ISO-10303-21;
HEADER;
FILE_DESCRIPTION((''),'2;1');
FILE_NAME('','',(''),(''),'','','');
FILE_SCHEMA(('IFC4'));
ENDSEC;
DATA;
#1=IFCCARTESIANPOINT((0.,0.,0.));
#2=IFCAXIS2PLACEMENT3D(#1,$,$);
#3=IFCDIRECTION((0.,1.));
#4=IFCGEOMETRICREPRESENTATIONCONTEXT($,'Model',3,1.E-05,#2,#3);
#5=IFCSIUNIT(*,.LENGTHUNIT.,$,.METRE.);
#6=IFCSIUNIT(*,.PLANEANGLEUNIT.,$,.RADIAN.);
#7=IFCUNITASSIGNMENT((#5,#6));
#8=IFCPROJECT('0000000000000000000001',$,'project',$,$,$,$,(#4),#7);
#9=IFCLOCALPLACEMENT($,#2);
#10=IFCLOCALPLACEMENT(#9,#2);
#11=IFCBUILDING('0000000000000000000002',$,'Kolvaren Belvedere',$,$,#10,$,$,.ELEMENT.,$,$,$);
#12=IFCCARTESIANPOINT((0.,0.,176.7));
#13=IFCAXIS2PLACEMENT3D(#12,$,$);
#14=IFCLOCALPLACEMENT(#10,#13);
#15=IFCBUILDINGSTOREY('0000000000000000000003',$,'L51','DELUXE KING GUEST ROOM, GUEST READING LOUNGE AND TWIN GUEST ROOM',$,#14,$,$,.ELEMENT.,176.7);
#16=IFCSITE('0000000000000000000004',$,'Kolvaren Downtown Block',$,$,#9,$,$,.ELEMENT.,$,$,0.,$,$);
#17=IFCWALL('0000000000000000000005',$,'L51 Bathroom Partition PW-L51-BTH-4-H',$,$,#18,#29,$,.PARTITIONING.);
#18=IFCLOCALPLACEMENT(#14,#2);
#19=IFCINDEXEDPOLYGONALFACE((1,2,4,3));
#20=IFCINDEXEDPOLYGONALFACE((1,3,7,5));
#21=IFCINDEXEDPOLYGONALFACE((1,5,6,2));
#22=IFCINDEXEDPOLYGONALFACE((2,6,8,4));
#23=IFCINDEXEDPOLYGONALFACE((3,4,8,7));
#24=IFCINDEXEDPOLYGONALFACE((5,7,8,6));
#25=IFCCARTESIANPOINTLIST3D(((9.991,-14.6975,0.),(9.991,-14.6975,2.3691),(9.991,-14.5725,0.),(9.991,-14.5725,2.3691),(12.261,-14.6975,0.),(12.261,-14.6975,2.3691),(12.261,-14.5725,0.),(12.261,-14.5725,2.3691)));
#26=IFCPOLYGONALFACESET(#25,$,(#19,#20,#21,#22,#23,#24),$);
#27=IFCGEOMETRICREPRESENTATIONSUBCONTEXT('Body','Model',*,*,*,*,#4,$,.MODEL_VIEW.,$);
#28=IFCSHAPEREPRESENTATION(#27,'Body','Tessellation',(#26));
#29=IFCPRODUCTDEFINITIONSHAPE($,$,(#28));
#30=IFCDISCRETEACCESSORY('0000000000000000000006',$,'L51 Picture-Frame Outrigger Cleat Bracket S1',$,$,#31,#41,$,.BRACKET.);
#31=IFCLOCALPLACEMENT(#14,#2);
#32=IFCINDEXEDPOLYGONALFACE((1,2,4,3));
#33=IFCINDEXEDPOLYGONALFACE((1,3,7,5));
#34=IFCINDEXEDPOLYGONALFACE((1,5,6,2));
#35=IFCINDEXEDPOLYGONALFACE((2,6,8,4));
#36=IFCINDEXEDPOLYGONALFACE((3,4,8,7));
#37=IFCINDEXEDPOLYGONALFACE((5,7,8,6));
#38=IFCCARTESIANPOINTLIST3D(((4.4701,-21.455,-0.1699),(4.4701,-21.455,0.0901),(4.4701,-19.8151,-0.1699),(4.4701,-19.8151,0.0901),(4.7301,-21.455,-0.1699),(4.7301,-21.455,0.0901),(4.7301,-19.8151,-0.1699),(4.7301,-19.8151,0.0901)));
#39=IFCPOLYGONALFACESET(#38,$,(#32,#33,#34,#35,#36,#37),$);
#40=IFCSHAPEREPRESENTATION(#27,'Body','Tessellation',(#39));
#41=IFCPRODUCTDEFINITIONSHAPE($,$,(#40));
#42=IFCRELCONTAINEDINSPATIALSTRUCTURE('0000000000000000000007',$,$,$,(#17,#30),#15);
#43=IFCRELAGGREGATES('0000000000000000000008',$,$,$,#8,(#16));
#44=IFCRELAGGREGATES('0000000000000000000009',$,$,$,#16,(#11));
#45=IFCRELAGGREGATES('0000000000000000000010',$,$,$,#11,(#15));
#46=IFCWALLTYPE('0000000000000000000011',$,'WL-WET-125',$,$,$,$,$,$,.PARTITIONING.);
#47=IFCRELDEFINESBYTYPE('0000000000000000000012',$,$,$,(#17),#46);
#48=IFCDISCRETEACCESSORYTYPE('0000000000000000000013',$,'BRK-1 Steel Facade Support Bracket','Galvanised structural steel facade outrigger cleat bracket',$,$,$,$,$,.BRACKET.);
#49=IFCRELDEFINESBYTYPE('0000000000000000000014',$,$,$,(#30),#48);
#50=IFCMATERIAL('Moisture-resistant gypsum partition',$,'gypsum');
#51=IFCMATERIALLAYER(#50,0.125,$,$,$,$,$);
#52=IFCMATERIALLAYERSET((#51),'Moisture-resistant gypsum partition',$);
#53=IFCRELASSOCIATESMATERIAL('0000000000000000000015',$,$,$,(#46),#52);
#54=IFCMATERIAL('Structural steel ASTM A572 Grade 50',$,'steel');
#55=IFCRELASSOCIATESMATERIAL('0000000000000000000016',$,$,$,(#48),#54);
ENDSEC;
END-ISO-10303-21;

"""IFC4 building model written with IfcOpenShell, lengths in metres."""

from ifc_helpers import new_model, si_unit, direction, frame, frame_2d, origin, origin_2d, place, context, subcontext, project, spatial, rectangle, extrude, material, layer, layer_set, type_object, element, save


model = new_model("IFC4")

# Units and contexts
model_context = context("Model", 3, precision=1e-05, world=origin(), true_north=direction((0.0, 1.0)))
body_context = subcontext(model_context, "Body", "Model", "MODEL_VIEW")
ifc_project = project(units=[si_unit("LENGTHUNIT", "METRE"), si_unit("PLANEANGLEUNIT", "RADIAN")], contexts=[model_context])

# Site, building, storey
site_placement = place(None, origin())
site = spatial("IfcSite", under=ifc_project, at=site_placement, Name="Kolvaren Downtown Block", CompositionType="ELEMENT", RefElevation=0.0)
building_placement = place(site_placement, origin())
building = spatial("IfcBuilding", under=site, at=building_placement, Name="Kolvaren Belvedere", CompositionType="ELEMENT")
storey_placement = place(building_placement, frame((0.0, 0.0, 176.7)))
storey = spatial("IfcBuildingStorey", under=building, at=storey_placement, Name="L51", Description="DELUXE KING GUEST ROOM, GUEST READING LOUNGE AND TWIN GUEST ROOM", CompositionType="ELEMENT", Elevation=176.7)

# Shared definitions
ifc_material_1 = material(Name="Moisture-resistant gypsum partition", Category="gypsum")
ifc_layer_1 = layer(ifc_material_1, 0.125)
ifc_layer_set_1 = layer_set([ifc_layer_1], Name="Moisture-resistant gypsum partition")
wall_type_1 = type_object("IfcWallType", Name="WL-WET-125", PredefinedType="PARTITIONING", material=ifc_layer_set_1)

# Wall
wall_1_placement = place(storey_placement, frame((9.991, -14.635, 0.0), z_axis=(0.0, 0.0, 1.0), x_axis=(1.0, 0.0, 0.0)))
element("IfcWall", 1, at=wall_1_placement, inside=storey, type_object=wall_type_1, Name="L51 Bathroom Partition PW-L51-BTH-4-H", PredefinedType="PARTITIONING", context=body_context, shape_type="SweptSolid", body=[
    extrude(rectangle(XDim=2.27, YDim=0.125, at=frame_2d((1.135, 0.0))), origin(), (0.0, 0.0, 1.0), 2.3691),
])

# Discrete accessory
ifc_material_2 = material(Name="Structural steel ASTM A572 Grade 50", Category="steel")
discrete_accessory_type = type_object("IfcDiscreteAccessoryType", Name="BRK-1 Steel Facade Support Bracket", Description="Galvanised structural steel facade outrigger cleat bracket", PredefinedType="BRACKET", material=ifc_material_2)
discrete_accessory_placement = place(storey_placement, frame((4.6001, -20.635, -0.1699), z_axis=(0.0, 0.0, 1.0), x_axis=(0.0, 1.0, 0.0)))
element("IfcDiscreteAccessory", 2, at=discrete_accessory_placement, inside=storey, type_object=discrete_accessory_type, Name="L51 Picture-Frame Outrigger Cleat Bracket S1", PredefinedType="BRACKET", context=body_context, shape_type="SweptSolid", body=[
    extrude(rectangle(XDim=1.6399, YDim=0.26, at=origin_2d()), origin(), (0.0, 0.0, 1.0), 0.26),
])

save(model, "model.ifc")
